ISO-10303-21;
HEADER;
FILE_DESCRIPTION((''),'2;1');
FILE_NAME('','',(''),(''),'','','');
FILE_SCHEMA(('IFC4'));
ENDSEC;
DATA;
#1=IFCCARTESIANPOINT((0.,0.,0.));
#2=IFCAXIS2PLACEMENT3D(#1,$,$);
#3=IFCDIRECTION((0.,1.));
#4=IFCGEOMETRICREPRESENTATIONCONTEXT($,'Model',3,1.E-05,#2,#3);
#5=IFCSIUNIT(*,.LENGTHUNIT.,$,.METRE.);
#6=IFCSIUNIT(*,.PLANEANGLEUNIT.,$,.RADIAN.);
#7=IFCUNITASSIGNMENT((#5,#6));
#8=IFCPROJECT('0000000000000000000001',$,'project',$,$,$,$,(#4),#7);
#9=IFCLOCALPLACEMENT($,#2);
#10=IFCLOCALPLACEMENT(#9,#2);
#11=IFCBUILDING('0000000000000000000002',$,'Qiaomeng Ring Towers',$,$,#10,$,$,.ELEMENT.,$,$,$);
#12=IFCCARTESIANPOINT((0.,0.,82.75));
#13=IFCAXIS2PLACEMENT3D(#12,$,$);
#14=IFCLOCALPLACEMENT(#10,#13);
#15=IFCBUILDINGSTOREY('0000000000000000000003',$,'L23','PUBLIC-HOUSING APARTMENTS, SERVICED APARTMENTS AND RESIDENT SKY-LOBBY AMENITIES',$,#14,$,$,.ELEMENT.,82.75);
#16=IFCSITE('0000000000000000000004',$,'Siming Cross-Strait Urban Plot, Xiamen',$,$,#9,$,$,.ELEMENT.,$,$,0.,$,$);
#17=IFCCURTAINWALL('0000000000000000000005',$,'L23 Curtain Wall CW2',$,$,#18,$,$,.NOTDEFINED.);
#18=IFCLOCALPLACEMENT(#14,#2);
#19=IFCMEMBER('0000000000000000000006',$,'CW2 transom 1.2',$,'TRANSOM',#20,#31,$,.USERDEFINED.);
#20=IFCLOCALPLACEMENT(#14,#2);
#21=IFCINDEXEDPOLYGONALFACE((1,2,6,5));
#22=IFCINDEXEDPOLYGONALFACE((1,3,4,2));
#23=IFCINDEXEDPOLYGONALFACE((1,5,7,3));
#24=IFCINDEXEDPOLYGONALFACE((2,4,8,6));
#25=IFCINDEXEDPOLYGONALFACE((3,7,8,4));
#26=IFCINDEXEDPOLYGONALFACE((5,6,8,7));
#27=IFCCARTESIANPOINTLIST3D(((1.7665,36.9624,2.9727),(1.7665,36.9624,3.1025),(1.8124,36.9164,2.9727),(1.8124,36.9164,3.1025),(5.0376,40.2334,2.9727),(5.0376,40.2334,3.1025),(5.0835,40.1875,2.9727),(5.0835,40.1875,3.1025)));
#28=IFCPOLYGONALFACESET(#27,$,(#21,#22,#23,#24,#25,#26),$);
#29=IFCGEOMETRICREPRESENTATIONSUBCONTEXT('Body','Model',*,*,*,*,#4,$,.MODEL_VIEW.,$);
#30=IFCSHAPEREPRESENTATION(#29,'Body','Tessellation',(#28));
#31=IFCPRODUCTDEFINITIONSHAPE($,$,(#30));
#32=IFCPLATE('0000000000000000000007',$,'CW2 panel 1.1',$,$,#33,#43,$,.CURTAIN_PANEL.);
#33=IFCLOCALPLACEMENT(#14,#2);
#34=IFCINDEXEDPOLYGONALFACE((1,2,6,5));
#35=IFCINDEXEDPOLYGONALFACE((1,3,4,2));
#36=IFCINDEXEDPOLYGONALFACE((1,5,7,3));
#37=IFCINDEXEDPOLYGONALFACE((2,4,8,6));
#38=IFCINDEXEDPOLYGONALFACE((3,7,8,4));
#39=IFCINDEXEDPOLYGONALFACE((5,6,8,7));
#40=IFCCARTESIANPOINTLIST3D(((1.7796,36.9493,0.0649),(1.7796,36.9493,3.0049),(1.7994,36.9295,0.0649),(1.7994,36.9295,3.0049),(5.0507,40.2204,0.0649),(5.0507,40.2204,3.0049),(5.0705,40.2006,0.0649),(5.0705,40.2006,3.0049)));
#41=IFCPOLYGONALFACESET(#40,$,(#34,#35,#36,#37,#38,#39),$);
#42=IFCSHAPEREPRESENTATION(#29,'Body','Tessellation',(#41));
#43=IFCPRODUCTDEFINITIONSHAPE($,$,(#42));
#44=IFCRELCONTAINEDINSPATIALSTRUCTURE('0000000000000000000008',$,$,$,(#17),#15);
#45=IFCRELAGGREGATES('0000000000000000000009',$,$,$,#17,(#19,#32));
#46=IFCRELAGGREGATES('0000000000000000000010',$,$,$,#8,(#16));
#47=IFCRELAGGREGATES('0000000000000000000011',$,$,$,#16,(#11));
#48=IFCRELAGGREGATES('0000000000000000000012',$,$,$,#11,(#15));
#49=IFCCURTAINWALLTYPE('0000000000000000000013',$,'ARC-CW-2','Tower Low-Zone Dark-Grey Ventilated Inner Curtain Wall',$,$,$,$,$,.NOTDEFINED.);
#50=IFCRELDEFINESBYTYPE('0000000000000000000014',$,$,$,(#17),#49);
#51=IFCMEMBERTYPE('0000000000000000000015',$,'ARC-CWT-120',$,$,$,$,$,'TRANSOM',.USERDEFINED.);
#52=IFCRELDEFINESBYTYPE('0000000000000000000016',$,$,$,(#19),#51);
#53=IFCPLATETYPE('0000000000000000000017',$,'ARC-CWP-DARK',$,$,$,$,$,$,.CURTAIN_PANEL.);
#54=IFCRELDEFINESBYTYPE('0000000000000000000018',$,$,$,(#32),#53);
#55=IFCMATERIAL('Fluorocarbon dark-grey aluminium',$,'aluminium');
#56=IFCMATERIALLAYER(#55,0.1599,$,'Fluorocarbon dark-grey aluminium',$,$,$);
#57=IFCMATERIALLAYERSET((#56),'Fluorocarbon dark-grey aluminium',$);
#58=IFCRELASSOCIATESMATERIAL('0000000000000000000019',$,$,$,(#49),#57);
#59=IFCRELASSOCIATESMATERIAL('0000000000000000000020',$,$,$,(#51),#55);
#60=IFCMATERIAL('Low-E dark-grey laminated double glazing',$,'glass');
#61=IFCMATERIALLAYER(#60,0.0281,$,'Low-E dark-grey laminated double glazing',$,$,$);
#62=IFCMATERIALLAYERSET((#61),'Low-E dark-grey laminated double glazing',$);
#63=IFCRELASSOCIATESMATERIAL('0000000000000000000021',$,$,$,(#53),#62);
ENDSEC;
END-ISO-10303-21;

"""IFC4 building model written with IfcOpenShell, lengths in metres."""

from ifc_helpers import new_model, si_unit, direction, frame, origin, origin_2d, place, context, subcontext, project, spatial, rectangle, extrude, source, transform, mapped, material, layer, layer_set, material_profile, profile_set, type_object, element, aggregate, save


model = new_model("IFC4")

# Units and contexts
model_context = context("Model", 3, precision=1e-05, world=origin(), true_north=direction((0.0, 1.0)))
body_context = subcontext(model_context, "Body", "Model", "MODEL_VIEW")
ifc_project = project(units=[si_unit("LENGTHUNIT", "METRE"), si_unit("PLANEANGLEUNIT", "RADIAN")], contexts=[model_context])

# Site, building, storey
site_placement = place(None, origin())
site = spatial("IfcSite", under=ifc_project, at=site_placement, Name="Siming Cross-Strait Urban Plot, Xiamen", CompositionType="ELEMENT", RefElevation=0.0)
building_placement = place(site_placement, origin())
building = spatial("IfcBuilding", under=site, at=building_placement, Name="Qiaomeng Ring Towers", CompositionType="ELEMENT")
storey_placement = place(building_placement, frame((0.0, 0.0, 82.75)))
storey = spatial("IfcBuildingStorey", under=building, at=storey_placement, Name="L23", Description="PUBLIC-HOUSING APARTMENTS, SERVICED APARTMENTS AND RESIDENT SKY-LOBBY AMENITIES", CompositionType="ELEMENT", Elevation=82.75)

# Curtain wall, member, plate
ifc_material_1 = material(Name="Fluorocarbon dark-grey aluminium", Category="aluminium")
ifc_layer_1 = layer(ifc_material_1, 0.1599, Name="Fluorocarbon dark-grey aluminium")
ifc_layer_set_1 = layer_set([ifc_layer_1], Name="Fluorocarbon dark-grey aluminium")
curtain_wall_type = type_object("IfcCurtainWallType", Name="ARC-CW-2", Description="Tower Low-Zone Dark-Grey Ventilated Inner Curtain Wall", PredefinedType="NOTDEFINED", material=ifc_layer_set_1)
curtain_wall_placement = place(storey_placement, origin())
curtain_wall = element("IfcCurtainWall", 1, at=curtain_wall_placement, inside=storey, type_object=curtain_wall_type, Name="L23 Curtain Wall CW2", PredefinedType="NOTDEFINED")
ifc_material_profile_1 = material_profile(ifc_material_1, rectangle(XDim=0.0649, YDim=0.1299, at=origin_2d()), Name="ALU TRAN 65x130")
ifc_profile_set_1 = profile_set([ifc_material_profile_1], Name="Fluorocarbon dark-grey aluminium")
member_type_1 = type_object("IfcMemberType", Name="ARC-CWT-120", ElementType="TRANSOM", PredefinedType="USERDEFINED", material=ifc_profile_set_1)
shared_shape_1 = source(origin(), body_context, "Body", "SweptSolid", [
    extrude(rectangle(XDim=0.0649, YDim=0.1299, at=origin_2d()), origin(), (0.0, 0.0, 1.0), 4.626),
])
member_1_placement = place(storey_placement, frame((5.0605, 40.2104, 3.0376), z_axis=(-0.707107, -0.707107, 0.0), x_axis=(0.707107, -0.707107, 0.0)))
member_1 = element("IfcMember", 2, at=member_1_placement, type_object=member_type_1, Name="CW2 transom 1.2", ObjectType="TRANSOM", PredefinedType="USERDEFINED", context=body_context, shape_type="MappedRepresentation", body=[
    mapped(shared_shape_1, transform((0.0, 0.0, 0.0), x_axis=(1.0, 0.0, 0.0), y_axis=(0.0, 1.0, 0.0), z_axis=(0.0, 0.0, 1.0), scale=1.0)),
])
ifc_material_2 = material(Name="Low-E dark-grey laminated double glazing", Category="glass")
ifc_layer_2 = layer(ifc_material_2, 0.0281, Name="Low-E dark-grey laminated double glazing")
ifc_layer_set_2 = layer_set([ifc_layer_2], Name="Low-E dark-grey laminated double glazing")
plate_type = type_object("IfcPlateType", Name="ARC-CWP-DARK", PredefinedType="CURTAIN_PANEL", material=ifc_layer_set_2)
shared_shape_2 = source(origin(), body_context, "Body", "SweptSolid", [
    extrude(rectangle(XDim=4.626, YDim=0.0281, at=origin_2d()), origin(), (0.0, 0.0, 1.0), 2.9399),
])
plate_placement = place(storey_placement, frame((3.425, 38.575, 0.0649), z_axis=(0.0, 0.0, 1.0), x_axis=(-0.707107, -0.707107, 0.0)))
plate = element("IfcPlate", 3, at=plate_placement, type_object=plate_type, Name="CW2 panel 1.1", PredefinedType="CURTAIN_PANEL", context=body_context, shape_type="MappedRepresentation", body=[
    mapped(shared_shape_2, transform((0.0, 0.0, 0.0), x_axis=(1.0, 0.0, 0.0), y_axis=(0.0, 1.0, 0.0), z_axis=(0.0, 0.0, 1.0), scale=1.0)),
])
aggregate(curtain_wall, [member_1, plate])

save(model, "model.ifc")
